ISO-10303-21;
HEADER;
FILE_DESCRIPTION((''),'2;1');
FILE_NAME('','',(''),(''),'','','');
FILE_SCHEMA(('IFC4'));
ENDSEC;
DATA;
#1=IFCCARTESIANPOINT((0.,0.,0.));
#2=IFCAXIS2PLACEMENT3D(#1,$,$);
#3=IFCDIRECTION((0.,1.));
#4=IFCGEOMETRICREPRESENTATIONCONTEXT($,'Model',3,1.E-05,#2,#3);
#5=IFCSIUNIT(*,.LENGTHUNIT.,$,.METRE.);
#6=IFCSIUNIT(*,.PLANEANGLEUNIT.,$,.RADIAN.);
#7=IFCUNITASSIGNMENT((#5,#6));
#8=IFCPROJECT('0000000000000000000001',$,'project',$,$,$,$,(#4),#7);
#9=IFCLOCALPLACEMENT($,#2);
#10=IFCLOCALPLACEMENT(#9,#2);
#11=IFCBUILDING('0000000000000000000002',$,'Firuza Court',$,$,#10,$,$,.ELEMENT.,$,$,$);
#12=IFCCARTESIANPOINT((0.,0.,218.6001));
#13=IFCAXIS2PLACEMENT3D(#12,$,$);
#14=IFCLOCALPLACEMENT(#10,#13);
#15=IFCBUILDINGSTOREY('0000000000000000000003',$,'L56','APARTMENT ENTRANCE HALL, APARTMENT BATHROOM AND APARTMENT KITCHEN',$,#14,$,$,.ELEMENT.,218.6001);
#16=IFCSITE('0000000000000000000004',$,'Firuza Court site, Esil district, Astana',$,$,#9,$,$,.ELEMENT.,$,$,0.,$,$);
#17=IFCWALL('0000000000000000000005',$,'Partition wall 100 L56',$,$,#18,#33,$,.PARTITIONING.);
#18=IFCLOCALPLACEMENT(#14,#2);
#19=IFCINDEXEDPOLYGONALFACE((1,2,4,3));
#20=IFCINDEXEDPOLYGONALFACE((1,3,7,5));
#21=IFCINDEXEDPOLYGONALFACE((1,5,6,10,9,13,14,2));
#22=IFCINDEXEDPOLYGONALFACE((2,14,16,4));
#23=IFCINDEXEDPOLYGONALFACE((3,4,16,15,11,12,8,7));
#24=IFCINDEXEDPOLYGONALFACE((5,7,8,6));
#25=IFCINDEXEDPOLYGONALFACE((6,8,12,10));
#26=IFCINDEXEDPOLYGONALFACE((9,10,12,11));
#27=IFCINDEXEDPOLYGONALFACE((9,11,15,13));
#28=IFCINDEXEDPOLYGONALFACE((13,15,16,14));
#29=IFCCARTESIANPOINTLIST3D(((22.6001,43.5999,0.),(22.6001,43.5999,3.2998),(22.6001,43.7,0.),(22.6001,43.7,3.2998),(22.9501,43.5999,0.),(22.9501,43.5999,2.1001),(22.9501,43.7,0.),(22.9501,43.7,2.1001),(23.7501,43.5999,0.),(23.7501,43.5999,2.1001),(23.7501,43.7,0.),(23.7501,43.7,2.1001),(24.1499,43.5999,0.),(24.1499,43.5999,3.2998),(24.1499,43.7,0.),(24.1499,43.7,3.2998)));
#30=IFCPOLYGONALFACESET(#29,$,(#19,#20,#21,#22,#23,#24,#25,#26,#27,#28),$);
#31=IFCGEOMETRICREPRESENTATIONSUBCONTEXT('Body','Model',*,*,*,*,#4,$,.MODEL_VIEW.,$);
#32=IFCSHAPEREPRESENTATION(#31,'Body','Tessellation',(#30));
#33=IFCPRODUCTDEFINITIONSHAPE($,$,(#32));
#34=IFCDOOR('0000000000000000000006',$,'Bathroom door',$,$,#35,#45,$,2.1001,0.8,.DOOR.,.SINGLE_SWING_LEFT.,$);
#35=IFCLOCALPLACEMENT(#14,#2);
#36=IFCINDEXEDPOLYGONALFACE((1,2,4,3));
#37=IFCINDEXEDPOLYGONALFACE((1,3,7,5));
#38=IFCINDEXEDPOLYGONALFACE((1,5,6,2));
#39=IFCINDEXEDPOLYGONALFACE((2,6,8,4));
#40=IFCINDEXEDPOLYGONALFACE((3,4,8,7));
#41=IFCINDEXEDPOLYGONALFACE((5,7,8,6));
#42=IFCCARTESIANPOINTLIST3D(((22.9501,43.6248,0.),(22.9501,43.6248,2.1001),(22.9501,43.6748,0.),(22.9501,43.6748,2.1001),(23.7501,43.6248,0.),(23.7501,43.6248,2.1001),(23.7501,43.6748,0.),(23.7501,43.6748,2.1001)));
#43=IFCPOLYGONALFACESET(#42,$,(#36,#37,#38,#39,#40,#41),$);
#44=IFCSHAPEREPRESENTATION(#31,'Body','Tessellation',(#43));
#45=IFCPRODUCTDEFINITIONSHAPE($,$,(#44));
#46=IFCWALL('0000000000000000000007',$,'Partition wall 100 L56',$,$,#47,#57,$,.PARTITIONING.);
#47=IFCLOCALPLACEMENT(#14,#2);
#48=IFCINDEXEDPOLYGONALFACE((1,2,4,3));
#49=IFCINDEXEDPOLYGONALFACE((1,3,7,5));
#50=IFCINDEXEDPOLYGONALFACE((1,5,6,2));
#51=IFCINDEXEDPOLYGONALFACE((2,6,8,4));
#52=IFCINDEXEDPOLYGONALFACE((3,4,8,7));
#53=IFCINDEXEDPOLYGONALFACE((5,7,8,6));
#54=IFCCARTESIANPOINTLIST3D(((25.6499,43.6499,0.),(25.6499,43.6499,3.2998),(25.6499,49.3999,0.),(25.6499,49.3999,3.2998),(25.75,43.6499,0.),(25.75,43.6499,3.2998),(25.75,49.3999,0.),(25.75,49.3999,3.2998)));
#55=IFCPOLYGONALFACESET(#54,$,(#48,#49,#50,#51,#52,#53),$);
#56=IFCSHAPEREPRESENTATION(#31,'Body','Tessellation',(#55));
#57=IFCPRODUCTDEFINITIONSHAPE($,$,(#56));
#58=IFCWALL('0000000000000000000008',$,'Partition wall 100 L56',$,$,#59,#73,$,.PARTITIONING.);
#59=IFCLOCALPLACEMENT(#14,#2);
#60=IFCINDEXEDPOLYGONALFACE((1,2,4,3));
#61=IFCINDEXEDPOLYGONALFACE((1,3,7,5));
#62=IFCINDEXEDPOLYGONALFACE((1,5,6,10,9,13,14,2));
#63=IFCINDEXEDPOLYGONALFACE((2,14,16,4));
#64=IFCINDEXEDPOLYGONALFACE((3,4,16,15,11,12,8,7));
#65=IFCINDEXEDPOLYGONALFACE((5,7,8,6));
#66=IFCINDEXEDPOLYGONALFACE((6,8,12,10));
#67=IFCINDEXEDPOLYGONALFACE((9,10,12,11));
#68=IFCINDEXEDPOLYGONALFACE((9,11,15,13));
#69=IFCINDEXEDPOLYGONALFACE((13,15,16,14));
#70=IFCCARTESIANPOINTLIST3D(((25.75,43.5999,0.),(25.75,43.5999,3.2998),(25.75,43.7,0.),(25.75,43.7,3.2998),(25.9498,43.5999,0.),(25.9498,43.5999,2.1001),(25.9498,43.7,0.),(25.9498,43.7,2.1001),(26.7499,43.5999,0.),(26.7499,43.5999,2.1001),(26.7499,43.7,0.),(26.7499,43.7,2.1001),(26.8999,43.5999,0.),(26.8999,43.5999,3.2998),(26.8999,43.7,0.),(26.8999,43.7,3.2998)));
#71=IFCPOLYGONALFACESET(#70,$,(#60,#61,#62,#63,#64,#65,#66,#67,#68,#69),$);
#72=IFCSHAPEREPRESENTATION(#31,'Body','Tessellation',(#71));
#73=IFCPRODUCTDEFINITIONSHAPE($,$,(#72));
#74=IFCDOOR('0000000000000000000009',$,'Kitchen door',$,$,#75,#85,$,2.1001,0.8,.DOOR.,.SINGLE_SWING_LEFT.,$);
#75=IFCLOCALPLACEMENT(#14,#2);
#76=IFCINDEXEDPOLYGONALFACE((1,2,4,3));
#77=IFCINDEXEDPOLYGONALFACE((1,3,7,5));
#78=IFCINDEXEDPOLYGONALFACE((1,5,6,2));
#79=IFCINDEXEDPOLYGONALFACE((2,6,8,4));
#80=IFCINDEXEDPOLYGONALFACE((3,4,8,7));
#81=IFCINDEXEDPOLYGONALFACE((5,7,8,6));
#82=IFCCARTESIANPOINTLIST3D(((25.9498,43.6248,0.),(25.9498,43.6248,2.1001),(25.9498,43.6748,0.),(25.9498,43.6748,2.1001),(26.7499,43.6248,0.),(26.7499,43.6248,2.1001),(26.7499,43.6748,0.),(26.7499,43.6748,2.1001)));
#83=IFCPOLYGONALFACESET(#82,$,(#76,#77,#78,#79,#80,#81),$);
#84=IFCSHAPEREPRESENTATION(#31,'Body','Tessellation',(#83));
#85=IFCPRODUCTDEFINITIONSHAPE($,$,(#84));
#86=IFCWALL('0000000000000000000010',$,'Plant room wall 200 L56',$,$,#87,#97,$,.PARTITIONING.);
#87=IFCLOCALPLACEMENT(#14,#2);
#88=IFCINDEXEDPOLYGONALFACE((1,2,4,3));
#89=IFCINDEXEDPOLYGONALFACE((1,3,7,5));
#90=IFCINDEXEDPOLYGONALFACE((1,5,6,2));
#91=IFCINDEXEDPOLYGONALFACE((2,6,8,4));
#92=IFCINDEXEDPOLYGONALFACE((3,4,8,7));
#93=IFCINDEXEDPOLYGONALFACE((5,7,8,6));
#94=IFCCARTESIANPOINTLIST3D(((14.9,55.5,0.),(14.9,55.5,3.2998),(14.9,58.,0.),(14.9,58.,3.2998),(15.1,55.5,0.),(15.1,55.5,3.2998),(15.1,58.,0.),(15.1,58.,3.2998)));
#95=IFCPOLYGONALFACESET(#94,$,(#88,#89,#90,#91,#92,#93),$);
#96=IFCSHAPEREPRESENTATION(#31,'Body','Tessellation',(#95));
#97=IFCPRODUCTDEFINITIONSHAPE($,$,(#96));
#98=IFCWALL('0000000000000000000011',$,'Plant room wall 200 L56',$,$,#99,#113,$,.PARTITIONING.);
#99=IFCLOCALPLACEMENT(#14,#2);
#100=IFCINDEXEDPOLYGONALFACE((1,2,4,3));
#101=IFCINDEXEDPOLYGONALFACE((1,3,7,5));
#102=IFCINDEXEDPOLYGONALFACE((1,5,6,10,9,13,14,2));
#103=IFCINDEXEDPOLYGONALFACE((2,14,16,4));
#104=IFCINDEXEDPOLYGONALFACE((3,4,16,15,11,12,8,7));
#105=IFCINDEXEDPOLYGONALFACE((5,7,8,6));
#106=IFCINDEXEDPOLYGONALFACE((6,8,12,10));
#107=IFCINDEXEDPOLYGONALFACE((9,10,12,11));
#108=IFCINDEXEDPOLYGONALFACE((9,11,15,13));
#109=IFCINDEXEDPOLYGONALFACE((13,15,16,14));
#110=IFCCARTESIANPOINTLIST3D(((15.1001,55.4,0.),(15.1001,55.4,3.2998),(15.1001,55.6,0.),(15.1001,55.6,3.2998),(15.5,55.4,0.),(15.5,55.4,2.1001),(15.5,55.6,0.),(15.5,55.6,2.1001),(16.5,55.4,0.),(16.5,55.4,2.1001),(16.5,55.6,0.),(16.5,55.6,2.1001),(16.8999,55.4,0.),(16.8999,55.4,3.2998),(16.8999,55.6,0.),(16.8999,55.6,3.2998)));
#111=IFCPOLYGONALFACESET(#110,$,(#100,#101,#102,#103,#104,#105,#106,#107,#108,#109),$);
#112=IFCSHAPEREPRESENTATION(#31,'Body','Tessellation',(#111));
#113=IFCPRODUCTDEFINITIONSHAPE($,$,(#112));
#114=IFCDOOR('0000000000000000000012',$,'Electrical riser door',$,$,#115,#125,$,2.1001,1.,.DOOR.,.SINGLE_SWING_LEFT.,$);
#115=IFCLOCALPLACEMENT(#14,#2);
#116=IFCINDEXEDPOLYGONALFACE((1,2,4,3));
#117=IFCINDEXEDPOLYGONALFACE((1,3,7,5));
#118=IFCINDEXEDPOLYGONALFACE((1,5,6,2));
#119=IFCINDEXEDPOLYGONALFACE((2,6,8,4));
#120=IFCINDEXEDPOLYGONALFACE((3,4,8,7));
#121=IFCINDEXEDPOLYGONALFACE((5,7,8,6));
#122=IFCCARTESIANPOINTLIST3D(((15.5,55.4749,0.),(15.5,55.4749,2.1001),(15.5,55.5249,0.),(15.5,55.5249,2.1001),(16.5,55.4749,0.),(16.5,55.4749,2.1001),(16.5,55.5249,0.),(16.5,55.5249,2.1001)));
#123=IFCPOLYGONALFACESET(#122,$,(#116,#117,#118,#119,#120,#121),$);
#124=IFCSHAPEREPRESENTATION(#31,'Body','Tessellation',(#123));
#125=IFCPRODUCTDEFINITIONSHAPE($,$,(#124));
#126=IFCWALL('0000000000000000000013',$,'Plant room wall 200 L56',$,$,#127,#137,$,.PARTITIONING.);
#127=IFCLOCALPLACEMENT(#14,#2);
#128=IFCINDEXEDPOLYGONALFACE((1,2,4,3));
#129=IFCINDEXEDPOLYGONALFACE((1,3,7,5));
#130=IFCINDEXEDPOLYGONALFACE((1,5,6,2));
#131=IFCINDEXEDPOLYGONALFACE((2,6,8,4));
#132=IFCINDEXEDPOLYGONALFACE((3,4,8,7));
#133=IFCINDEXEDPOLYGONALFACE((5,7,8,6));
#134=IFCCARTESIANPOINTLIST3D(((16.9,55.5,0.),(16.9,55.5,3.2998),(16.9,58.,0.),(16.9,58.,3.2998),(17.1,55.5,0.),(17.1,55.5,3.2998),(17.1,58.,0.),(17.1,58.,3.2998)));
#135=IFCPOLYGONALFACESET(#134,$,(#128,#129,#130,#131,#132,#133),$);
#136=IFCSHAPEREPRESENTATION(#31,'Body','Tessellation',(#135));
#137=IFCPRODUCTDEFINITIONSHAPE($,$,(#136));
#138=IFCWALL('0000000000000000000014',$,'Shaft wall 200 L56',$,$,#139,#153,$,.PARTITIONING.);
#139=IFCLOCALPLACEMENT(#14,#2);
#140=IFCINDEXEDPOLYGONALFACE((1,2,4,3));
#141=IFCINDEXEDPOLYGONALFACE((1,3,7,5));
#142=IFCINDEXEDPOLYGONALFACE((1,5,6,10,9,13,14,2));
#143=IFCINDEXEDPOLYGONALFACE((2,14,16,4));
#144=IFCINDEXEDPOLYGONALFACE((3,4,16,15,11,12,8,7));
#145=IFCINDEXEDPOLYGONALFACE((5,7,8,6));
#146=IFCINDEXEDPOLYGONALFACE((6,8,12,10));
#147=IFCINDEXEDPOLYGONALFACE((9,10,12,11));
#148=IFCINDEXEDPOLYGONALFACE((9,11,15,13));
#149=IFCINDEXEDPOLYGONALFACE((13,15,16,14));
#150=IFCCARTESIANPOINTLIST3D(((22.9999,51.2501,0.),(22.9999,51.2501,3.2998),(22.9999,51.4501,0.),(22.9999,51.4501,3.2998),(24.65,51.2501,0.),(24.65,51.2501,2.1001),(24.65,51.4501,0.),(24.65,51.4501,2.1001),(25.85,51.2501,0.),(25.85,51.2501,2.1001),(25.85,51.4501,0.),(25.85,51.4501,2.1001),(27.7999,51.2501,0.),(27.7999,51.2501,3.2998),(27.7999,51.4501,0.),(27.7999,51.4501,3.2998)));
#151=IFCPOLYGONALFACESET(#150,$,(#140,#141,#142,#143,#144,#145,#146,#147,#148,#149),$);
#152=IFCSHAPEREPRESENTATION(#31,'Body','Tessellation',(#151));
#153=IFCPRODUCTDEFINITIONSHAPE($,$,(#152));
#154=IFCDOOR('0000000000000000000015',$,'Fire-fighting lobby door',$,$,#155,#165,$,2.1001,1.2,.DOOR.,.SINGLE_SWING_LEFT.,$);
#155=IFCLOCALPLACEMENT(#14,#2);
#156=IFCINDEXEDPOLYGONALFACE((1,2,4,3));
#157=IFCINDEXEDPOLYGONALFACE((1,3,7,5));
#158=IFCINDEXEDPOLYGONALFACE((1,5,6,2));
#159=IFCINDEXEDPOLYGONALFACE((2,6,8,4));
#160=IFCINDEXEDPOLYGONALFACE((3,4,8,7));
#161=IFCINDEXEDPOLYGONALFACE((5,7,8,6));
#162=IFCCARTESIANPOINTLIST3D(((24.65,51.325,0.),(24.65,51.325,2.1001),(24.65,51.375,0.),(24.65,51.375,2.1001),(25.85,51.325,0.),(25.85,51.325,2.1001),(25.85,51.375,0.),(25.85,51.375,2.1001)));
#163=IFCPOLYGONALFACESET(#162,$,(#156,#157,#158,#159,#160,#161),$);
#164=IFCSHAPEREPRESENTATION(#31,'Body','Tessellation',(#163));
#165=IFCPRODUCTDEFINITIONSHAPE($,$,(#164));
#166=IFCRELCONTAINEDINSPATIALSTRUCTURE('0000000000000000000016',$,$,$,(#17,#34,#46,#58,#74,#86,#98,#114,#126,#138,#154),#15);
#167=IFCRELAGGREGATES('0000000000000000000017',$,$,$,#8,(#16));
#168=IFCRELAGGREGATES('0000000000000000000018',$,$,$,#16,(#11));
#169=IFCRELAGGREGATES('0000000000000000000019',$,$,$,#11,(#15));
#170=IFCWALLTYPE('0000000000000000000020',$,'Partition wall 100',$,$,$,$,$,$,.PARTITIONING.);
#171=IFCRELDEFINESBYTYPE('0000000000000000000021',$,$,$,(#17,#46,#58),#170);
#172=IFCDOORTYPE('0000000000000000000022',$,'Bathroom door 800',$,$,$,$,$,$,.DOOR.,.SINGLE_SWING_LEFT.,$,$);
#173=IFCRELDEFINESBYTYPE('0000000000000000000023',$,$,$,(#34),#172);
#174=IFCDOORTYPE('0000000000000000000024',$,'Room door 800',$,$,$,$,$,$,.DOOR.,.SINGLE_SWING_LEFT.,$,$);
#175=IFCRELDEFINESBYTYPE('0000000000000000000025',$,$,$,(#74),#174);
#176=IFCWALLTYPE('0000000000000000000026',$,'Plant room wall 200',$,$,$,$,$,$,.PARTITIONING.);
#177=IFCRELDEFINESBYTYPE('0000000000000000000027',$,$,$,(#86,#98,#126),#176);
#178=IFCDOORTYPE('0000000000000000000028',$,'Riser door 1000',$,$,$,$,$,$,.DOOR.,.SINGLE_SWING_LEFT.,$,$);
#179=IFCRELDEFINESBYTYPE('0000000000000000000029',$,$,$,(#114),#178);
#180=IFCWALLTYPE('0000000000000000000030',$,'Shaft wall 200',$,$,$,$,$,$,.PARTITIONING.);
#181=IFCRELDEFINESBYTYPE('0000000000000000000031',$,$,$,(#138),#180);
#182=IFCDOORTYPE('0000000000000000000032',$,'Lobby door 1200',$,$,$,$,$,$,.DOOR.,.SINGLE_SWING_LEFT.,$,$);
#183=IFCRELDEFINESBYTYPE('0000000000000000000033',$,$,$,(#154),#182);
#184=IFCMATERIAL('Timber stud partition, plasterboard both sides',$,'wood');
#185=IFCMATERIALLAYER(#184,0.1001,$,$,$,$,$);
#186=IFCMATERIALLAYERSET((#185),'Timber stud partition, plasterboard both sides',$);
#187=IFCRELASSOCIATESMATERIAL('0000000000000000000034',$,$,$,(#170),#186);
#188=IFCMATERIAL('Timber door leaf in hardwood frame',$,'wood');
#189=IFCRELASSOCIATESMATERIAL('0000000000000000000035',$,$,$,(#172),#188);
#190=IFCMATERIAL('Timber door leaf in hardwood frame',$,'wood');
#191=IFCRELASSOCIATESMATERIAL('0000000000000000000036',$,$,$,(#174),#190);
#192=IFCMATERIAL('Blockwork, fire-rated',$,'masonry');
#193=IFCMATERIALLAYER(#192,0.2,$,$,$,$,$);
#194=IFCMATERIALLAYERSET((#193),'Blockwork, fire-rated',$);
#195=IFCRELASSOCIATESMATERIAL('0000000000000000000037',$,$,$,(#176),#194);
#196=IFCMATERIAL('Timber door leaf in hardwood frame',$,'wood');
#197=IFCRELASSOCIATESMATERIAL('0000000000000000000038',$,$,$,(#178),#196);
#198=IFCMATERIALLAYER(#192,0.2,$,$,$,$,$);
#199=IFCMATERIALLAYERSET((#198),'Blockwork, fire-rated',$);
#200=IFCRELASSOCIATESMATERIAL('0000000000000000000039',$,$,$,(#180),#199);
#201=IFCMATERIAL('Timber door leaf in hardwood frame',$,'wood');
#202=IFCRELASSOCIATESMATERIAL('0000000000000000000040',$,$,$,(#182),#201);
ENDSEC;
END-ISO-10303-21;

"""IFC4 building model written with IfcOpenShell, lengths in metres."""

from ifc_helpers import new_model, si_unit, direction, frame, frame_2d, origin, place, context, subcontext, project, spatial, rectangle, extrude, material, layer, layer_set, type_object, element, fill, save


model = new_model("IFC4")

# Units and contexts
model_context = context("Model", 3, precision=1e-05, world=origin(), true_north=direction((0.0, 1.0)))
body_context = subcontext(model_context, "Body", "Model", "MODEL_VIEW")
ifc_project = project(units=[si_unit("LENGTHUNIT", "METRE"), si_unit("PLANEANGLEUNIT", "RADIAN")], contexts=[model_context])

# Site, building, storey
site_placement = place(None, origin())
site = spatial("IfcSite", under=ifc_project, at=site_placement, Name="Firuza Court site, Esil district, Astana", CompositionType="ELEMENT", RefElevation=0.0)
building_placement = place(site_placement, origin())
building = spatial("IfcBuilding", under=site, at=building_placement, Name="Firuza Court", CompositionType="ELEMENT")
storey_placement = place(building_placement, frame((0.0, 0.0, 218.6001)))
storey = spatial("IfcBuildingStorey", under=building, at=storey_placement, Name="L56", Description="APARTMENT ENTRANCE HALL, APARTMENT BATHROOM AND APARTMENT KITCHEN", CompositionType="ELEMENT", Elevation=218.6001)

# Wall, opening, door
ifc_material_1 = material(Name="Timber stud partition, plasterboard both sides", Category="wood")
ifc_layer_1 = layer(ifc_material_1, 0.1001)
ifc_layer_set_1 = layer_set([ifc_layer_1], Name="Timber stud partition, plasterboard both sides")
wall_type_1 = type_object("IfcWallType", Name="Partition wall 100", PredefinedType="PARTITIONING", material=ifc_layer_set_1)
wall_1_placement = place(storey_placement, frame((22.6001, 43.6499, 0.0), z_axis=(0.0, 0.0, 1.0), x_axis=(1.0, 0.0, 0.0)))
wall_1 = element("IfcWall", 1, at=wall_1_placement, inside=storey, type_object=wall_type_1, Name="Partition wall 100 L56", PredefinedType="PARTITIONING", context=body_context, shape_type="SweptSolid", body=[
    extrude(rectangle(XDim=1.5498, YDim=0.1001, at=frame_2d((0.7749, 0.0))), origin(), (0.0, 0.0, 1.0), 3.2998),
])
opening_1_placement = place(wall_1_placement, frame((0.3501, 0.0, 0.0)))
opening_1 = element("IfcOpeningElement", 2, at=opening_1_placement, cuts=wall_1, PredefinedType="OPENING", context=body_context, shape_type="SweptSolid", body=[
    extrude(rectangle(XDim=0.8, YDim=2.1001, at=frame_2d((0.3999, 1.05))), frame((0.0, 0.062, 0.0), z_axis=(0.0, -1.0, 0.0), x_axis=(1.0, 0.0, 0.0)), (0.0, 0.0, 1.0), 0.124),
])
ifc_material_2 = material(Name="Timber door leaf in hardwood frame", Category="wood")
door_type_1 = type_object("IfcDoorType", Name="Bathroom door 800", OperationType="SINGLE_SWING_LEFT", PredefinedType="DOOR", material=ifc_material_2)
door_1_placement = place(opening_1_placement, origin())
door_1 = element("IfcDoor", 3, at=door_1_placement, inside=storey, type_object=door_type_1, Name="Bathroom door", OperationType="SINGLE_SWING_LEFT", OverallHeight=2.1001, OverallWidth=0.8, PredefinedType="DOOR", context=body_context, shape_type="SweptSolid", body=[
    extrude(rectangle(XDim=0.8, YDim=2.1001, at=frame_2d((0.3999, 1.05))), frame((0.0, 0.0249, 0.0), z_axis=(0.0, -1.0, 0.0), x_axis=(1.0, 0.0, 0.0)), (0.0, 0.0, 1.0), 0.05),
])
fill(opening_1, door_1)

# Wall
wall_2_placement = place(storey_placement, frame((25.7, 43.6499, 0.0), z_axis=(0.0, 0.0, 1.0), x_axis=(0.0, 1.0, 0.0)))
element("IfcWall", 4, at=wall_2_placement, inside=storey, type_object=wall_type_1, Name="Partition wall 100 L56", PredefinedType="PARTITIONING", context=body_context, shape_type="SweptSolid", body=[
    extrude(rectangle(XDim=5.75, YDim=0.1001, at=frame_2d((2.875, 0.0))), origin(), (0.0, 0.0, 1.0), 3.2998),
])

# Wall, opening, door
wall_3_placement = place(storey_placement, frame((25.75, 43.6499, 0.0), z_axis=(0.0, 0.0, 1.0), x_axis=(1.0, 0.0, 0.0)))
wall_3 = element("IfcWall", 5, at=wall_3_placement, inside=storey, type_object=wall_type_1, Name="Partition wall 100 L56", PredefinedType="PARTITIONING", context=body_context, shape_type="SweptSolid", body=[
    extrude(rectangle(XDim=1.1499, YDim=0.1001, at=frame_2d((0.575, 0.0))), origin(), (0.0, 0.0, 1.0), 3.2998),
])
opening_2_placement = place(wall_3_placement, frame((0.2, 0.0, 0.0)))
opening_2 = element("IfcOpeningElement", 6, at=opening_2_placement, cuts=wall_3, PredefinedType="OPENING", context=body_context, shape_type="SweptSolid", body=[
    extrude(rectangle(XDim=0.8, YDim=2.1001, at=frame_2d((0.3999, 1.05))), frame((0.0, 0.062, 0.0), z_axis=(0.0, -1.0, 0.0), x_axis=(1.0, 0.0, 0.0)), (0.0, 0.0, 1.0), 0.124),
])
ifc_material_3 = material(Name="Timber door leaf in hardwood frame", Category="wood")
door_type_2 = type_object("IfcDoorType", Name="Room door 800", OperationType="SINGLE_SWING_LEFT", PredefinedType="DOOR", material=ifc_material_3)
door_2_placement = place(opening_2_placement, origin())
door_2 = element("IfcDoor", 7, at=door_2_placement, inside=storey, type_object=door_type_2, Name="Kitchen door", OperationType="SINGLE_SWING_LEFT", OverallHeight=2.1001, OverallWidth=0.8, PredefinedType="DOOR", context=body_context, shape_type="SweptSolid", body=[
    extrude(rectangle(XDim=0.8, YDim=2.1001, at=frame_2d((0.3999, 1.05))), frame((0.0, 0.0249, 0.0), z_axis=(0.0, -1.0, 0.0), x_axis=(1.0, 0.0, 0.0)), (0.0, 0.0, 1.0), 0.05),
])
fill(opening_2, door_2)

# Wall
ifc_material_4 = material(Name="Blockwork, fire-rated", Category="masonry")
ifc_layer_2 = layer(ifc_material_4, 0.2)
ifc_layer_set_2 = layer_set([ifc_layer_2], Name="Blockwork, fire-rated")
wall_type_2 = type_object("IfcWallType", Name="Plant room wall 200", PredefinedType="PARTITIONING", material=ifc_layer_set_2)
wall_4_placement = place(storey_placement, frame((15.0, 55.5, 0.0), z_axis=(0.0, 0.0, 1.0), x_axis=(0.0, 1.0, 0.0)))
element("IfcWall", 8, at=wall_4_placement, inside=storey, type_object=wall_type_2, Name="Plant room wall 200 L56", PredefinedType="PARTITIONING", context=body_context, shape_type="SweptSolid", body=[
    extrude(rectangle(XDim=2.5, YDim=0.2, at=frame_2d((1.25, 0.0))), origin(), (0.0, 0.0, 1.0), 3.2998),
])

# Wall, opening, door
wall_5_placement = place(storey_placement, frame((15.1001, 55.5, 0.0), z_axis=(0.0, 0.0, 1.0), x_axis=(1.0, 0.0, 0.0)))
wall_5 = element("IfcWall", 9, at=wall_5_placement, inside=storey, type_object=wall_type_2, Name="Plant room wall 200 L56", PredefinedType="PARTITIONING", context=body_context, shape_type="SweptSolid", body=[
    extrude(rectangle(XDim=1.7998, YDim=0.2, at=frame_2d((0.8999, 0.0))), origin(), (0.0, 0.0, 1.0), 3.2998),
])
opening_3_placement = place(wall_5_placement, frame((0.3999, 0.0, 0.0)))
opening_3 = element("IfcOpeningElement", 10, at=opening_3_placement, cuts=wall_5, PredefinedType="OPENING", context=body_context, shape_type="SweptSolid", body=[
    extrude(rectangle(XDim=1.0, YDim=2.1001, at=frame_2d((0.5, 1.05))), frame((0.0, 0.1118, 0.0), z_axis=(0.0, -1.0, 0.0), x_axis=(1.0, 0.0, 0.0)), (0.0, 0.0, 1.0), 0.2239),
])
ifc_material_5 = material(Name="Timber door leaf in hardwood frame", Category="wood")
door_type_3 = type_object("IfcDoorType", Name="Riser door 1000", OperationType="SINGLE_SWING_LEFT", PredefinedType="DOOR", material=ifc_material_5)
door_3_placement = place(opening_3_placement, origin())
door_3 = element("IfcDoor", 11, at=door_3_placement, inside=storey, type_object=door_type_3, Name="Electrical riser door", OperationType="SINGLE_SWING_LEFT", OverallHeight=2.1001, OverallWidth=1.0, PredefinedType="DOOR", context=body_context, shape_type="SweptSolid", body=[
    extrude(rectangle(XDim=1.0, YDim=2.1001, at=frame_2d((0.5, 1.05))), frame((0.0, 0.0249, 0.0), z_axis=(0.0, -1.0, 0.0), x_axis=(1.0, 0.0, 0.0)), (0.0, 0.0, 1.0), 0.05),
])
fill(opening_3, door_3)

# Wall
wall_6_placement = place(storey_placement, frame((17.0, 55.5, 0.0), z_axis=(0.0, 0.0, 1.0), x_axis=(0.0, 1.0, 0.0)))
element("IfcWall", 12, at=wall_6_placement, inside=storey, type_object=wall_type_2, Name="Plant room wall 200 L56", PredefinedType="PARTITIONING", context=body_context, shape_type="SweptSolid", body=[
    extrude(rectangle(XDim=2.5, YDim=0.2, at=frame_2d((1.25, 0.0))), origin(), (0.0, 0.0, 1.0), 3.2998),
])

# Wall, opening, door
ifc_layer_3 = layer(ifc_material_4, 0.2)
ifc_layer_set_3 = layer_set([ifc_layer_3], Name="Blockwork, fire-rated")
wall_type_3 = type_object("IfcWallType", Name="Shaft wall 200", PredefinedType="PARTITIONING", material=ifc_layer_set_3)
wall_7_placement = place(storey_placement, frame((23.0, 51.3501, 0.0), z_axis=(0.0, 0.0, 1.0), x_axis=(1.0, 0.0, 0.0)))
wall_7 = element("IfcWall", 13, at=wall_7_placement, inside=storey, type_object=wall_type_3, Name="Shaft wall 200 L56", PredefinedType="PARTITIONING", context=body_context, shape_type="SweptSolid", body=[
    extrude(rectangle(XDim=4.8, YDim=0.2, at=frame_2d((2.3999, 0.0))), origin(), (0.0, 0.0, 1.0), 3.2998),
])
opening_4_placement = place(wall_7_placement, frame((1.6499, 0.0, 0.0)))
opening_4 = element("IfcOpeningElement", 14, at=opening_4_placement, cuts=wall_7, PredefinedType="OPENING", context=body_context, shape_type="SweptSolid", body=[
    extrude(rectangle(XDim=1.2, YDim=2.1001, at=frame_2d((0.6001, 1.05))), frame((0.0, 0.1118, 0.0), z_axis=(0.0, -1.0, 0.0), x_axis=(1.0, 0.0, 0.0)), (0.0, 0.0, 1.0), 0.2239),
])
ifc_material_6 = material(Name="Timber door leaf in hardwood frame", Category="wood")
door_type_4 = type_object("IfcDoorType", Name="Lobby door 1200", OperationType="SINGLE_SWING_LEFT", PredefinedType="DOOR", material=ifc_material_6)
door_4_placement = place(opening_4_placement, origin())
door_4 = element("IfcDoor", 15, at=door_4_placement, inside=storey, type_object=door_type_4, Name="Fire-fighting lobby door", OperationType="SINGLE_SWING_LEFT", OverallHeight=2.1001, OverallWidth=1.2, PredefinedType="DOOR", context=body_context, shape_type="SweptSolid", body=[
    extrude(rectangle(XDim=1.2, YDim=2.1001, at=frame_2d((0.6001, 1.05))), frame((0.0, 0.0249, 0.0), z_axis=(0.0, -1.0, 0.0), x_axis=(1.0, 0.0, 0.0)), (0.0, 0.0, 1.0), 0.05),
])
fill(opening_4, door_4)

save(model, "model.ifc")
